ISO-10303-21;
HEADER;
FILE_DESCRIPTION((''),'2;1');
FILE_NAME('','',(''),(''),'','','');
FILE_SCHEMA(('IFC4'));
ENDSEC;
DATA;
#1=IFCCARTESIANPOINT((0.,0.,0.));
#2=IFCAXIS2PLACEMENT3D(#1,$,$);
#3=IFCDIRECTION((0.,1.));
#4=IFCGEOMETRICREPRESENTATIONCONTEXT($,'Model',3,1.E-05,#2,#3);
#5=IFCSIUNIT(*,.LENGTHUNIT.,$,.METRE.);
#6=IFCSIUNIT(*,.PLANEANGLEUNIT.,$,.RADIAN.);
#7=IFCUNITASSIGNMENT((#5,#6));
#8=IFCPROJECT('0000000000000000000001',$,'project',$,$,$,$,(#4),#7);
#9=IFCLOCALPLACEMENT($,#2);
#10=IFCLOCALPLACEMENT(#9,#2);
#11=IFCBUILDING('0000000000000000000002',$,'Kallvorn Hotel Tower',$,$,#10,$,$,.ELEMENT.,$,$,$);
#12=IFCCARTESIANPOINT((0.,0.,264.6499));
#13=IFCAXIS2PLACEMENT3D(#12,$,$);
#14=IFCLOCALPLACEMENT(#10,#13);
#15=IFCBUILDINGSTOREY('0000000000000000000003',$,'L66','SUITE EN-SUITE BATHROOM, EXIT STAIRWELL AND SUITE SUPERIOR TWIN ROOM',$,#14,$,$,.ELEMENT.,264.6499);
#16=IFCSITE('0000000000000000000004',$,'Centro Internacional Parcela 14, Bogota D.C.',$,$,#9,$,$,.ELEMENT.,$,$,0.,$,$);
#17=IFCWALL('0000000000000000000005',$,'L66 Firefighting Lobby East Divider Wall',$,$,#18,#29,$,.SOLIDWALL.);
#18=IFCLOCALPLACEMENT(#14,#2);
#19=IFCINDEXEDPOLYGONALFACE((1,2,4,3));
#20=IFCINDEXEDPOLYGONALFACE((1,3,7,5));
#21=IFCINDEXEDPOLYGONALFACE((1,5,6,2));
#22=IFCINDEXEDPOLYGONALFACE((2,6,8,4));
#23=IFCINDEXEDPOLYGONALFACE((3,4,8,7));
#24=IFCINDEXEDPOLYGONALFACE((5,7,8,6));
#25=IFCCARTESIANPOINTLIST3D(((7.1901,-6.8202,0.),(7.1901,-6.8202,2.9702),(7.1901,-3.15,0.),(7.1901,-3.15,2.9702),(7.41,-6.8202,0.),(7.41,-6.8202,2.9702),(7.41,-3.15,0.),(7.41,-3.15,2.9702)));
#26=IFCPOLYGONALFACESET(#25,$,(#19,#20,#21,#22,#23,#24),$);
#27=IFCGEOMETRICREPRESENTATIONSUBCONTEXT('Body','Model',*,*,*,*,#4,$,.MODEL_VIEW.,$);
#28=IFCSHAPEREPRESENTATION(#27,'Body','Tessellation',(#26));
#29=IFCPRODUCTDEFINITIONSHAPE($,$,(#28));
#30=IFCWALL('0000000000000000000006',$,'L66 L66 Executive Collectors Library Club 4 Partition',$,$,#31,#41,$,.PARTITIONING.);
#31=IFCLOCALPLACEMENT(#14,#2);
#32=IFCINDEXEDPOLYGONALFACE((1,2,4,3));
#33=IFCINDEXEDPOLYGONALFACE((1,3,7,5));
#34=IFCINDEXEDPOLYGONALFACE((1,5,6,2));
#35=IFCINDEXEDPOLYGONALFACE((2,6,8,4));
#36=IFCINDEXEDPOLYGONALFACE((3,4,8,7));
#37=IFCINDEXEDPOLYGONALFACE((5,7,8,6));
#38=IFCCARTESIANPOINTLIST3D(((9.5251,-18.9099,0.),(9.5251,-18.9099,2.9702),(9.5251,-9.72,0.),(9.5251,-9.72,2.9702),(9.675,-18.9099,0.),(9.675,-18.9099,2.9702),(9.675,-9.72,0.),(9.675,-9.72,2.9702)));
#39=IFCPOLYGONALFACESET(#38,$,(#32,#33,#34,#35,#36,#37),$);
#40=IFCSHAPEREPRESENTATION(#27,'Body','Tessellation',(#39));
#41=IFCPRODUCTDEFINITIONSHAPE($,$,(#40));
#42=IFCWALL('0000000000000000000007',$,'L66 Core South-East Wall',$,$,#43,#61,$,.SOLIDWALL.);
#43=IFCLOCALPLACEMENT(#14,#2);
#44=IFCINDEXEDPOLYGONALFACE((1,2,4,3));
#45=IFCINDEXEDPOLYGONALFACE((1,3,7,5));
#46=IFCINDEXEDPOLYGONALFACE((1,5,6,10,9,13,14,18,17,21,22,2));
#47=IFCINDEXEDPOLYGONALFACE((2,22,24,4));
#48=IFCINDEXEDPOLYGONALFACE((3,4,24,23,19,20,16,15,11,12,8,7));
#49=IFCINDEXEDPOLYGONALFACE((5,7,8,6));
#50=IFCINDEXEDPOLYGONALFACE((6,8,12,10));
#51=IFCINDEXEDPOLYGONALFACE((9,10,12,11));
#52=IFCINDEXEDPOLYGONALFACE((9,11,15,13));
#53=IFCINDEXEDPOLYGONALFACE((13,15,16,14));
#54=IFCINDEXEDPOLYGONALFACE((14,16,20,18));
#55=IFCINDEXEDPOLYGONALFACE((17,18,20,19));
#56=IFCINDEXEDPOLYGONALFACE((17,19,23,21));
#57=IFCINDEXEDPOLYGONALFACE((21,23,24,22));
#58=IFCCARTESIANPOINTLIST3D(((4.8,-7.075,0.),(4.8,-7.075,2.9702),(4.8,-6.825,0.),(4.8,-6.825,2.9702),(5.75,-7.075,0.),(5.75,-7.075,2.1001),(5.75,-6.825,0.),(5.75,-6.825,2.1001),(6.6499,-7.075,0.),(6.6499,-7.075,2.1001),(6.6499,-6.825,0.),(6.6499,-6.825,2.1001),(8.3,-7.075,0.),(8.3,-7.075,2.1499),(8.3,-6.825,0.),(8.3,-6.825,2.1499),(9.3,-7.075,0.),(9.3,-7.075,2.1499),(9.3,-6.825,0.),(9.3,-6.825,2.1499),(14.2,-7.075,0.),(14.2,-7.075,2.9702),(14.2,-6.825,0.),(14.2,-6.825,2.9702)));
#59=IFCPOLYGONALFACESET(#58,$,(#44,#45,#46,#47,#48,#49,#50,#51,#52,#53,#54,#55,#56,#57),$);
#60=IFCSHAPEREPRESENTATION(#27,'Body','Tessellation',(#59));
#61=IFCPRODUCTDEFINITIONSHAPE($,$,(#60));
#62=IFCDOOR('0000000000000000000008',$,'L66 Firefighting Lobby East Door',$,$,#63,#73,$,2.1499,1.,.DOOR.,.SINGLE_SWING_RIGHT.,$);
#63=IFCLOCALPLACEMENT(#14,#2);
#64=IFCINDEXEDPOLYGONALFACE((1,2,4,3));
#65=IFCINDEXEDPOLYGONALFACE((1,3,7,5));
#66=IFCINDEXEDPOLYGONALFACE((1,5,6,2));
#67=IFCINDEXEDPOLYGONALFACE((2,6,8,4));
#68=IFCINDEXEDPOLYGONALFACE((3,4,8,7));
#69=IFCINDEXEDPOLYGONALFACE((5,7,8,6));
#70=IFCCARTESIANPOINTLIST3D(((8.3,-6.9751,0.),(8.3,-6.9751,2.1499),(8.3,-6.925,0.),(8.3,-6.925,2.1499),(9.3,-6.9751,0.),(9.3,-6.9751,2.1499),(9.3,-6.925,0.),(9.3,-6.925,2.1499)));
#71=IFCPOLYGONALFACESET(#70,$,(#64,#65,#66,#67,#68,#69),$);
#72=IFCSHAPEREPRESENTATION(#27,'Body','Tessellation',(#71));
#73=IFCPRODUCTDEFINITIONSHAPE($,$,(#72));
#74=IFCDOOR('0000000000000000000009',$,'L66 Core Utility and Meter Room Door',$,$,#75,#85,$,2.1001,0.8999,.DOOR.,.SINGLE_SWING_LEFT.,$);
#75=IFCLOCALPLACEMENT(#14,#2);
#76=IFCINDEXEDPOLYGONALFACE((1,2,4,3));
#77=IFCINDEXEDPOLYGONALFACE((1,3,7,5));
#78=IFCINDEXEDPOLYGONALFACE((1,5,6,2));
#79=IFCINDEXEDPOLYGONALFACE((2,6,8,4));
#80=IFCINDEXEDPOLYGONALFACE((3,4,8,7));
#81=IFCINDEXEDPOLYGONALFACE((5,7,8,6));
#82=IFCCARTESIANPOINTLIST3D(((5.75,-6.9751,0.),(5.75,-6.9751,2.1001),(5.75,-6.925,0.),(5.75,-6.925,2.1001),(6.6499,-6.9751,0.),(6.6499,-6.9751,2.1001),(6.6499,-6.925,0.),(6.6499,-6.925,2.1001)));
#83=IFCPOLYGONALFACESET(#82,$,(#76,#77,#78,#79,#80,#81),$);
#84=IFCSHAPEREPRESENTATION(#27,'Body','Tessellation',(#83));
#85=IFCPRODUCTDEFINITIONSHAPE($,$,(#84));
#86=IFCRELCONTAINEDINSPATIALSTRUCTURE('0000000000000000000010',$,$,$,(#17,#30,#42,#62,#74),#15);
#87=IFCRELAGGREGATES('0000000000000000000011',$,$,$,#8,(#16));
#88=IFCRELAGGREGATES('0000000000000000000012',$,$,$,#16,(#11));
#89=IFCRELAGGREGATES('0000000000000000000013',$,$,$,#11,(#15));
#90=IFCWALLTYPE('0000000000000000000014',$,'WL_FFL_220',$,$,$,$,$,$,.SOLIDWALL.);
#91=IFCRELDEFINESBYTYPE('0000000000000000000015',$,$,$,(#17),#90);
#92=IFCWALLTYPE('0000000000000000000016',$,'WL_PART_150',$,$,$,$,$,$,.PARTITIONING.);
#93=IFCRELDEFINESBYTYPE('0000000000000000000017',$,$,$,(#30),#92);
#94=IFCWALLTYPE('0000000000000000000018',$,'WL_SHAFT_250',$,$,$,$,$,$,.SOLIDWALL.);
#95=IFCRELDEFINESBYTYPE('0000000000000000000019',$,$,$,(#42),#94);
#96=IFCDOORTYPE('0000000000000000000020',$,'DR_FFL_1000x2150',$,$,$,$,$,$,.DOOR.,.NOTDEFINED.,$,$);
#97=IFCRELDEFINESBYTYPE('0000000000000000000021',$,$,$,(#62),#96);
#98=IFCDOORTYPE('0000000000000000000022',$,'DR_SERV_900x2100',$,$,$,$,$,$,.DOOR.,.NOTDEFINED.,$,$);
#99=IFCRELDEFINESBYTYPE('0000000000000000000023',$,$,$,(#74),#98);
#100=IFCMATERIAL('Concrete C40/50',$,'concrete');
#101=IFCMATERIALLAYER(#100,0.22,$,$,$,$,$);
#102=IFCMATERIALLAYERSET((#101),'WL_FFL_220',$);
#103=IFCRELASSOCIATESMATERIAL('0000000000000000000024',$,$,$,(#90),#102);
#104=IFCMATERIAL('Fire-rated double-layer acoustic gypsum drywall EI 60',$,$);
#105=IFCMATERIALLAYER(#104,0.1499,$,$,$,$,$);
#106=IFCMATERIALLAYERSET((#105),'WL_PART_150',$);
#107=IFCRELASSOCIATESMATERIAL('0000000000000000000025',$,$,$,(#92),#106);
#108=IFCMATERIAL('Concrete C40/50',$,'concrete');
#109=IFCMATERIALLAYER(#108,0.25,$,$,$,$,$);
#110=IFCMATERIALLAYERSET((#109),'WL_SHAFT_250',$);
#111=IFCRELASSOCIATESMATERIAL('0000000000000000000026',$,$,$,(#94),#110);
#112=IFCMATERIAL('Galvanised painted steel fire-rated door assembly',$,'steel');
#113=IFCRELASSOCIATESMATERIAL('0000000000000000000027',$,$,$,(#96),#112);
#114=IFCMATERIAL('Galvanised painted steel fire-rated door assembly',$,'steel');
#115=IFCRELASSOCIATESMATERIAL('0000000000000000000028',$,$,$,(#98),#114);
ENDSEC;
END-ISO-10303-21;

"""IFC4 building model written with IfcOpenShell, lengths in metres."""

from ifc_helpers import new_model, si_unit, direction, frame, frame_2d, origin, place, context, subcontext, project, spatial, rectangle, extrude, material, layer, layer_set, type_object, element, fill, save


model = new_model("IFC4")

# Units and contexts
model_context = context("Model", 3, precision=1e-05, world=origin(), true_north=direction((0.0, 1.0)))
body_context = subcontext(model_context, "Body", "Model", "MODEL_VIEW")
ifc_project = project(units=[si_unit("LENGTHUNIT", "METRE"), si_unit("PLANEANGLEUNIT", "RADIAN")], contexts=[model_context])

# Site, building, storey
site_placement = place(None, origin())
site = spatial("IfcSite", under=ifc_project, at=site_placement, Name="Centro Internacional Parcela 14, Bogota D.C.", CompositionType="ELEMENT", RefElevation=0.0)
building_placement = place(site_placement, origin())
building = spatial("IfcBuilding", under=site, at=building_placement, Name="Kallvorn Hotel Tower", CompositionType="ELEMENT")
storey_placement = place(building_placement, frame((0.0, 0.0, 264.6499)))
storey = spatial("IfcBuildingStorey", under=building, at=storey_placement, Name="L66", Description="SUITE EN-SUITE BATHROOM, EXIT STAIRWELL AND SUITE SUPERIOR TWIN ROOM", CompositionType="ELEMENT", Elevation=264.6499)

# Walls
ifc_material_1 = material(Name="Concrete C40/50", Category="concrete")
ifc_layer_1 = layer(ifc_material_1, 0.22)
ifc_layer_set_1 = layer_set([ifc_layer_1], Name="WL_FFL_220")
wall_type_1 = type_object("IfcWallType", Name="WL_FFL_220", PredefinedType="SOLIDWALL", material=ifc_layer_set_1)
wall_1_placement = place(storey_placement, frame((7.3, -6.8201, 0.0), z_axis=(0.0, 0.0, 1.0), x_axis=(0.0, 1.0, 0.0)))
element("IfcWall", 1, at=wall_1_placement, inside=storey, type_object=wall_type_1, Name="L66 Firefighting Lobby East Divider Wall", PredefinedType="SOLIDWALL", context=body_context, shape_type="SweptSolid", body=[
    extrude(rectangle(XDim=3.6702, YDim=0.22, at=frame_2d((1.835, 0.0))), origin(), (0.0, 0.0, 1.0), 2.9702),
])
ifc_material_2 = material(Name="Fire-rated double-layer acoustic gypsum drywall EI 60")
ifc_layer_2 = layer(ifc_material_2, 0.1499)
ifc_layer_set_2 = layer_set([ifc_layer_2], Name="WL_PART_150")
wall_type_2 = type_object("IfcWallType", Name="WL_PART_150", PredefinedType="PARTITIONING", material=ifc_layer_set_2)
wall_2_placement = place(storey_placement, frame((9.6001, -18.9099, 0.0), z_axis=(0.0, 0.0, 1.0), x_axis=(0.0, 1.0, 0.0)))
element("IfcWall", 2, at=wall_2_placement, inside=storey, type_object=wall_type_2, Name="L66 L66 Executive Collectors Library Club 4 Partition", PredefinedType="PARTITIONING", context=body_context, shape_type="SweptSolid", body=[
    extrude(rectangle(XDim=9.1899, YDim=0.1499, at=frame_2d((4.595, 0.0))), origin(), (0.0, 0.0, 1.0), 2.9702),
])

# Wall, openings, doors
ifc_material_3 = material(Name="Concrete C40/50", Category="concrete")
ifc_layer_3 = layer(ifc_material_3, 0.25)
ifc_layer_set_3 = layer_set([ifc_layer_3], Name="WL_SHAFT_250")
wall_type_3 = type_object("IfcWallType", Name="WL_SHAFT_250", PredefinedType="SOLIDWALL", material=ifc_layer_set_3)
wall_3_placement = place(storey_placement, frame((4.8, -6.95, 0.0), z_axis=(0.0, 0.0, 1.0), x_axis=(1.0, 0.0, 0.0)))
wall_3 = element("IfcWall", 3, at=wall_3_placement, inside=storey, type_object=wall_type_3, Name="L66 Core South-East Wall", PredefinedType="SOLIDWALL", context=body_context, shape_type="SweptSolid", body=[
    extrude(rectangle(XDim=9.3999, YDim=0.25, at=frame_2d((4.7, 0.0))), origin(), (0.0, 0.0, 1.0), 2.9702),
])
opening_1_placement = place(wall_3_placement, frame((3.5, 0.0, 0.0)))
opening_1 = element("IfcOpeningElement", 4, at=opening_1_placement, cuts=wall_3, PredefinedType="OPENING", context=body_context, shape_type="SweptSolid", body=[
    extrude(rectangle(XDim=1.0, YDim=2.1499, at=frame_2d((0.5, 1.075))), frame((0.0, 0.1399, 0.0), z_axis=(0.0, -1.0, 0.0), x_axis=(1.0, 0.0, 0.0)), (0.0, 0.0, 1.0), 0.28),
])
opening_2_placement = place(wall_3_placement, frame((0.95, 0.0, 0.0)))
opening_2 = element("IfcOpeningElement", 5, at=opening_2_placement, cuts=wall_3, PredefinedType="OPENING", context=body_context, shape_type="SweptSolid", body=[
    extrude(rectangle(XDim=0.8999, YDim=2.1001, at=frame_2d((0.45, 1.05))), frame((0.0, 0.1399, 0.0), z_axis=(0.0, -1.0, 0.0), x_axis=(1.0, 0.0, 0.0)), (0.0, 0.0, 1.0), 0.28),
])
ifc_material_4 = material(Name="Galvanised painted steel fire-rated door assembly", Category="steel")
door_type_1 = type_object("IfcDoorType", Name="DR_FFL_1000x2150", OperationType="NOTDEFINED", PredefinedType="DOOR", material=ifc_material_4)
door_1_placement = place(opening_1_placement, origin())
door_1 = element("IfcDoor", 6, at=door_1_placement, inside=storey, type_object=door_type_1, Name="L66 Firefighting Lobby East Door", OperationType="SINGLE_SWING_RIGHT", OverallHeight=2.1499, OverallWidth=1.0, PredefinedType="DOOR", context=body_context, shape_type="SweptSolid", body=[
    extrude(rectangle(XDim=1.0, YDim=2.1499, at=frame_2d((0.5, 1.075))), frame((0.0, 0.0249, 0.0), z_axis=(0.0, -1.0, 0.0), x_axis=(1.0, 0.0, 0.0)), (0.0, 0.0, 1.0), 0.05),
])
fill(opening_1, door_1)
ifc_material_5 = material(Name="Galvanised painted steel fire-rated door assembly", Category="steel")
door_type_2 = type_object("IfcDoorType", Name="DR_SERV_900x2100", OperationType="NOTDEFINED", PredefinedType="DOOR", material=ifc_material_5)
door_2_placement = place(opening_2_placement, origin())
door_2 = element("IfcDoor", 7, at=door_2_placement, inside=storey, type_object=door_type_2, Name="L66 Core Utility and Meter Room Door", OperationType="SINGLE_SWING_LEFT", OverallHeight=2.1001, OverallWidth=0.8999, PredefinedType="DOOR", context=body_context, shape_type="SweptSolid", body=[
    extrude(rectangle(XDim=0.8999, YDim=2.1001, at=frame_2d((0.45, 1.05))), frame((0.0, 0.0249, 0.0), z_axis=(0.0, -1.0, 0.0), x_axis=(1.0, 0.0, 0.0)), (0.0, 0.0, 1.0), 0.05),
])
fill(opening_2, door_2)

save(model, "model.ifc")
